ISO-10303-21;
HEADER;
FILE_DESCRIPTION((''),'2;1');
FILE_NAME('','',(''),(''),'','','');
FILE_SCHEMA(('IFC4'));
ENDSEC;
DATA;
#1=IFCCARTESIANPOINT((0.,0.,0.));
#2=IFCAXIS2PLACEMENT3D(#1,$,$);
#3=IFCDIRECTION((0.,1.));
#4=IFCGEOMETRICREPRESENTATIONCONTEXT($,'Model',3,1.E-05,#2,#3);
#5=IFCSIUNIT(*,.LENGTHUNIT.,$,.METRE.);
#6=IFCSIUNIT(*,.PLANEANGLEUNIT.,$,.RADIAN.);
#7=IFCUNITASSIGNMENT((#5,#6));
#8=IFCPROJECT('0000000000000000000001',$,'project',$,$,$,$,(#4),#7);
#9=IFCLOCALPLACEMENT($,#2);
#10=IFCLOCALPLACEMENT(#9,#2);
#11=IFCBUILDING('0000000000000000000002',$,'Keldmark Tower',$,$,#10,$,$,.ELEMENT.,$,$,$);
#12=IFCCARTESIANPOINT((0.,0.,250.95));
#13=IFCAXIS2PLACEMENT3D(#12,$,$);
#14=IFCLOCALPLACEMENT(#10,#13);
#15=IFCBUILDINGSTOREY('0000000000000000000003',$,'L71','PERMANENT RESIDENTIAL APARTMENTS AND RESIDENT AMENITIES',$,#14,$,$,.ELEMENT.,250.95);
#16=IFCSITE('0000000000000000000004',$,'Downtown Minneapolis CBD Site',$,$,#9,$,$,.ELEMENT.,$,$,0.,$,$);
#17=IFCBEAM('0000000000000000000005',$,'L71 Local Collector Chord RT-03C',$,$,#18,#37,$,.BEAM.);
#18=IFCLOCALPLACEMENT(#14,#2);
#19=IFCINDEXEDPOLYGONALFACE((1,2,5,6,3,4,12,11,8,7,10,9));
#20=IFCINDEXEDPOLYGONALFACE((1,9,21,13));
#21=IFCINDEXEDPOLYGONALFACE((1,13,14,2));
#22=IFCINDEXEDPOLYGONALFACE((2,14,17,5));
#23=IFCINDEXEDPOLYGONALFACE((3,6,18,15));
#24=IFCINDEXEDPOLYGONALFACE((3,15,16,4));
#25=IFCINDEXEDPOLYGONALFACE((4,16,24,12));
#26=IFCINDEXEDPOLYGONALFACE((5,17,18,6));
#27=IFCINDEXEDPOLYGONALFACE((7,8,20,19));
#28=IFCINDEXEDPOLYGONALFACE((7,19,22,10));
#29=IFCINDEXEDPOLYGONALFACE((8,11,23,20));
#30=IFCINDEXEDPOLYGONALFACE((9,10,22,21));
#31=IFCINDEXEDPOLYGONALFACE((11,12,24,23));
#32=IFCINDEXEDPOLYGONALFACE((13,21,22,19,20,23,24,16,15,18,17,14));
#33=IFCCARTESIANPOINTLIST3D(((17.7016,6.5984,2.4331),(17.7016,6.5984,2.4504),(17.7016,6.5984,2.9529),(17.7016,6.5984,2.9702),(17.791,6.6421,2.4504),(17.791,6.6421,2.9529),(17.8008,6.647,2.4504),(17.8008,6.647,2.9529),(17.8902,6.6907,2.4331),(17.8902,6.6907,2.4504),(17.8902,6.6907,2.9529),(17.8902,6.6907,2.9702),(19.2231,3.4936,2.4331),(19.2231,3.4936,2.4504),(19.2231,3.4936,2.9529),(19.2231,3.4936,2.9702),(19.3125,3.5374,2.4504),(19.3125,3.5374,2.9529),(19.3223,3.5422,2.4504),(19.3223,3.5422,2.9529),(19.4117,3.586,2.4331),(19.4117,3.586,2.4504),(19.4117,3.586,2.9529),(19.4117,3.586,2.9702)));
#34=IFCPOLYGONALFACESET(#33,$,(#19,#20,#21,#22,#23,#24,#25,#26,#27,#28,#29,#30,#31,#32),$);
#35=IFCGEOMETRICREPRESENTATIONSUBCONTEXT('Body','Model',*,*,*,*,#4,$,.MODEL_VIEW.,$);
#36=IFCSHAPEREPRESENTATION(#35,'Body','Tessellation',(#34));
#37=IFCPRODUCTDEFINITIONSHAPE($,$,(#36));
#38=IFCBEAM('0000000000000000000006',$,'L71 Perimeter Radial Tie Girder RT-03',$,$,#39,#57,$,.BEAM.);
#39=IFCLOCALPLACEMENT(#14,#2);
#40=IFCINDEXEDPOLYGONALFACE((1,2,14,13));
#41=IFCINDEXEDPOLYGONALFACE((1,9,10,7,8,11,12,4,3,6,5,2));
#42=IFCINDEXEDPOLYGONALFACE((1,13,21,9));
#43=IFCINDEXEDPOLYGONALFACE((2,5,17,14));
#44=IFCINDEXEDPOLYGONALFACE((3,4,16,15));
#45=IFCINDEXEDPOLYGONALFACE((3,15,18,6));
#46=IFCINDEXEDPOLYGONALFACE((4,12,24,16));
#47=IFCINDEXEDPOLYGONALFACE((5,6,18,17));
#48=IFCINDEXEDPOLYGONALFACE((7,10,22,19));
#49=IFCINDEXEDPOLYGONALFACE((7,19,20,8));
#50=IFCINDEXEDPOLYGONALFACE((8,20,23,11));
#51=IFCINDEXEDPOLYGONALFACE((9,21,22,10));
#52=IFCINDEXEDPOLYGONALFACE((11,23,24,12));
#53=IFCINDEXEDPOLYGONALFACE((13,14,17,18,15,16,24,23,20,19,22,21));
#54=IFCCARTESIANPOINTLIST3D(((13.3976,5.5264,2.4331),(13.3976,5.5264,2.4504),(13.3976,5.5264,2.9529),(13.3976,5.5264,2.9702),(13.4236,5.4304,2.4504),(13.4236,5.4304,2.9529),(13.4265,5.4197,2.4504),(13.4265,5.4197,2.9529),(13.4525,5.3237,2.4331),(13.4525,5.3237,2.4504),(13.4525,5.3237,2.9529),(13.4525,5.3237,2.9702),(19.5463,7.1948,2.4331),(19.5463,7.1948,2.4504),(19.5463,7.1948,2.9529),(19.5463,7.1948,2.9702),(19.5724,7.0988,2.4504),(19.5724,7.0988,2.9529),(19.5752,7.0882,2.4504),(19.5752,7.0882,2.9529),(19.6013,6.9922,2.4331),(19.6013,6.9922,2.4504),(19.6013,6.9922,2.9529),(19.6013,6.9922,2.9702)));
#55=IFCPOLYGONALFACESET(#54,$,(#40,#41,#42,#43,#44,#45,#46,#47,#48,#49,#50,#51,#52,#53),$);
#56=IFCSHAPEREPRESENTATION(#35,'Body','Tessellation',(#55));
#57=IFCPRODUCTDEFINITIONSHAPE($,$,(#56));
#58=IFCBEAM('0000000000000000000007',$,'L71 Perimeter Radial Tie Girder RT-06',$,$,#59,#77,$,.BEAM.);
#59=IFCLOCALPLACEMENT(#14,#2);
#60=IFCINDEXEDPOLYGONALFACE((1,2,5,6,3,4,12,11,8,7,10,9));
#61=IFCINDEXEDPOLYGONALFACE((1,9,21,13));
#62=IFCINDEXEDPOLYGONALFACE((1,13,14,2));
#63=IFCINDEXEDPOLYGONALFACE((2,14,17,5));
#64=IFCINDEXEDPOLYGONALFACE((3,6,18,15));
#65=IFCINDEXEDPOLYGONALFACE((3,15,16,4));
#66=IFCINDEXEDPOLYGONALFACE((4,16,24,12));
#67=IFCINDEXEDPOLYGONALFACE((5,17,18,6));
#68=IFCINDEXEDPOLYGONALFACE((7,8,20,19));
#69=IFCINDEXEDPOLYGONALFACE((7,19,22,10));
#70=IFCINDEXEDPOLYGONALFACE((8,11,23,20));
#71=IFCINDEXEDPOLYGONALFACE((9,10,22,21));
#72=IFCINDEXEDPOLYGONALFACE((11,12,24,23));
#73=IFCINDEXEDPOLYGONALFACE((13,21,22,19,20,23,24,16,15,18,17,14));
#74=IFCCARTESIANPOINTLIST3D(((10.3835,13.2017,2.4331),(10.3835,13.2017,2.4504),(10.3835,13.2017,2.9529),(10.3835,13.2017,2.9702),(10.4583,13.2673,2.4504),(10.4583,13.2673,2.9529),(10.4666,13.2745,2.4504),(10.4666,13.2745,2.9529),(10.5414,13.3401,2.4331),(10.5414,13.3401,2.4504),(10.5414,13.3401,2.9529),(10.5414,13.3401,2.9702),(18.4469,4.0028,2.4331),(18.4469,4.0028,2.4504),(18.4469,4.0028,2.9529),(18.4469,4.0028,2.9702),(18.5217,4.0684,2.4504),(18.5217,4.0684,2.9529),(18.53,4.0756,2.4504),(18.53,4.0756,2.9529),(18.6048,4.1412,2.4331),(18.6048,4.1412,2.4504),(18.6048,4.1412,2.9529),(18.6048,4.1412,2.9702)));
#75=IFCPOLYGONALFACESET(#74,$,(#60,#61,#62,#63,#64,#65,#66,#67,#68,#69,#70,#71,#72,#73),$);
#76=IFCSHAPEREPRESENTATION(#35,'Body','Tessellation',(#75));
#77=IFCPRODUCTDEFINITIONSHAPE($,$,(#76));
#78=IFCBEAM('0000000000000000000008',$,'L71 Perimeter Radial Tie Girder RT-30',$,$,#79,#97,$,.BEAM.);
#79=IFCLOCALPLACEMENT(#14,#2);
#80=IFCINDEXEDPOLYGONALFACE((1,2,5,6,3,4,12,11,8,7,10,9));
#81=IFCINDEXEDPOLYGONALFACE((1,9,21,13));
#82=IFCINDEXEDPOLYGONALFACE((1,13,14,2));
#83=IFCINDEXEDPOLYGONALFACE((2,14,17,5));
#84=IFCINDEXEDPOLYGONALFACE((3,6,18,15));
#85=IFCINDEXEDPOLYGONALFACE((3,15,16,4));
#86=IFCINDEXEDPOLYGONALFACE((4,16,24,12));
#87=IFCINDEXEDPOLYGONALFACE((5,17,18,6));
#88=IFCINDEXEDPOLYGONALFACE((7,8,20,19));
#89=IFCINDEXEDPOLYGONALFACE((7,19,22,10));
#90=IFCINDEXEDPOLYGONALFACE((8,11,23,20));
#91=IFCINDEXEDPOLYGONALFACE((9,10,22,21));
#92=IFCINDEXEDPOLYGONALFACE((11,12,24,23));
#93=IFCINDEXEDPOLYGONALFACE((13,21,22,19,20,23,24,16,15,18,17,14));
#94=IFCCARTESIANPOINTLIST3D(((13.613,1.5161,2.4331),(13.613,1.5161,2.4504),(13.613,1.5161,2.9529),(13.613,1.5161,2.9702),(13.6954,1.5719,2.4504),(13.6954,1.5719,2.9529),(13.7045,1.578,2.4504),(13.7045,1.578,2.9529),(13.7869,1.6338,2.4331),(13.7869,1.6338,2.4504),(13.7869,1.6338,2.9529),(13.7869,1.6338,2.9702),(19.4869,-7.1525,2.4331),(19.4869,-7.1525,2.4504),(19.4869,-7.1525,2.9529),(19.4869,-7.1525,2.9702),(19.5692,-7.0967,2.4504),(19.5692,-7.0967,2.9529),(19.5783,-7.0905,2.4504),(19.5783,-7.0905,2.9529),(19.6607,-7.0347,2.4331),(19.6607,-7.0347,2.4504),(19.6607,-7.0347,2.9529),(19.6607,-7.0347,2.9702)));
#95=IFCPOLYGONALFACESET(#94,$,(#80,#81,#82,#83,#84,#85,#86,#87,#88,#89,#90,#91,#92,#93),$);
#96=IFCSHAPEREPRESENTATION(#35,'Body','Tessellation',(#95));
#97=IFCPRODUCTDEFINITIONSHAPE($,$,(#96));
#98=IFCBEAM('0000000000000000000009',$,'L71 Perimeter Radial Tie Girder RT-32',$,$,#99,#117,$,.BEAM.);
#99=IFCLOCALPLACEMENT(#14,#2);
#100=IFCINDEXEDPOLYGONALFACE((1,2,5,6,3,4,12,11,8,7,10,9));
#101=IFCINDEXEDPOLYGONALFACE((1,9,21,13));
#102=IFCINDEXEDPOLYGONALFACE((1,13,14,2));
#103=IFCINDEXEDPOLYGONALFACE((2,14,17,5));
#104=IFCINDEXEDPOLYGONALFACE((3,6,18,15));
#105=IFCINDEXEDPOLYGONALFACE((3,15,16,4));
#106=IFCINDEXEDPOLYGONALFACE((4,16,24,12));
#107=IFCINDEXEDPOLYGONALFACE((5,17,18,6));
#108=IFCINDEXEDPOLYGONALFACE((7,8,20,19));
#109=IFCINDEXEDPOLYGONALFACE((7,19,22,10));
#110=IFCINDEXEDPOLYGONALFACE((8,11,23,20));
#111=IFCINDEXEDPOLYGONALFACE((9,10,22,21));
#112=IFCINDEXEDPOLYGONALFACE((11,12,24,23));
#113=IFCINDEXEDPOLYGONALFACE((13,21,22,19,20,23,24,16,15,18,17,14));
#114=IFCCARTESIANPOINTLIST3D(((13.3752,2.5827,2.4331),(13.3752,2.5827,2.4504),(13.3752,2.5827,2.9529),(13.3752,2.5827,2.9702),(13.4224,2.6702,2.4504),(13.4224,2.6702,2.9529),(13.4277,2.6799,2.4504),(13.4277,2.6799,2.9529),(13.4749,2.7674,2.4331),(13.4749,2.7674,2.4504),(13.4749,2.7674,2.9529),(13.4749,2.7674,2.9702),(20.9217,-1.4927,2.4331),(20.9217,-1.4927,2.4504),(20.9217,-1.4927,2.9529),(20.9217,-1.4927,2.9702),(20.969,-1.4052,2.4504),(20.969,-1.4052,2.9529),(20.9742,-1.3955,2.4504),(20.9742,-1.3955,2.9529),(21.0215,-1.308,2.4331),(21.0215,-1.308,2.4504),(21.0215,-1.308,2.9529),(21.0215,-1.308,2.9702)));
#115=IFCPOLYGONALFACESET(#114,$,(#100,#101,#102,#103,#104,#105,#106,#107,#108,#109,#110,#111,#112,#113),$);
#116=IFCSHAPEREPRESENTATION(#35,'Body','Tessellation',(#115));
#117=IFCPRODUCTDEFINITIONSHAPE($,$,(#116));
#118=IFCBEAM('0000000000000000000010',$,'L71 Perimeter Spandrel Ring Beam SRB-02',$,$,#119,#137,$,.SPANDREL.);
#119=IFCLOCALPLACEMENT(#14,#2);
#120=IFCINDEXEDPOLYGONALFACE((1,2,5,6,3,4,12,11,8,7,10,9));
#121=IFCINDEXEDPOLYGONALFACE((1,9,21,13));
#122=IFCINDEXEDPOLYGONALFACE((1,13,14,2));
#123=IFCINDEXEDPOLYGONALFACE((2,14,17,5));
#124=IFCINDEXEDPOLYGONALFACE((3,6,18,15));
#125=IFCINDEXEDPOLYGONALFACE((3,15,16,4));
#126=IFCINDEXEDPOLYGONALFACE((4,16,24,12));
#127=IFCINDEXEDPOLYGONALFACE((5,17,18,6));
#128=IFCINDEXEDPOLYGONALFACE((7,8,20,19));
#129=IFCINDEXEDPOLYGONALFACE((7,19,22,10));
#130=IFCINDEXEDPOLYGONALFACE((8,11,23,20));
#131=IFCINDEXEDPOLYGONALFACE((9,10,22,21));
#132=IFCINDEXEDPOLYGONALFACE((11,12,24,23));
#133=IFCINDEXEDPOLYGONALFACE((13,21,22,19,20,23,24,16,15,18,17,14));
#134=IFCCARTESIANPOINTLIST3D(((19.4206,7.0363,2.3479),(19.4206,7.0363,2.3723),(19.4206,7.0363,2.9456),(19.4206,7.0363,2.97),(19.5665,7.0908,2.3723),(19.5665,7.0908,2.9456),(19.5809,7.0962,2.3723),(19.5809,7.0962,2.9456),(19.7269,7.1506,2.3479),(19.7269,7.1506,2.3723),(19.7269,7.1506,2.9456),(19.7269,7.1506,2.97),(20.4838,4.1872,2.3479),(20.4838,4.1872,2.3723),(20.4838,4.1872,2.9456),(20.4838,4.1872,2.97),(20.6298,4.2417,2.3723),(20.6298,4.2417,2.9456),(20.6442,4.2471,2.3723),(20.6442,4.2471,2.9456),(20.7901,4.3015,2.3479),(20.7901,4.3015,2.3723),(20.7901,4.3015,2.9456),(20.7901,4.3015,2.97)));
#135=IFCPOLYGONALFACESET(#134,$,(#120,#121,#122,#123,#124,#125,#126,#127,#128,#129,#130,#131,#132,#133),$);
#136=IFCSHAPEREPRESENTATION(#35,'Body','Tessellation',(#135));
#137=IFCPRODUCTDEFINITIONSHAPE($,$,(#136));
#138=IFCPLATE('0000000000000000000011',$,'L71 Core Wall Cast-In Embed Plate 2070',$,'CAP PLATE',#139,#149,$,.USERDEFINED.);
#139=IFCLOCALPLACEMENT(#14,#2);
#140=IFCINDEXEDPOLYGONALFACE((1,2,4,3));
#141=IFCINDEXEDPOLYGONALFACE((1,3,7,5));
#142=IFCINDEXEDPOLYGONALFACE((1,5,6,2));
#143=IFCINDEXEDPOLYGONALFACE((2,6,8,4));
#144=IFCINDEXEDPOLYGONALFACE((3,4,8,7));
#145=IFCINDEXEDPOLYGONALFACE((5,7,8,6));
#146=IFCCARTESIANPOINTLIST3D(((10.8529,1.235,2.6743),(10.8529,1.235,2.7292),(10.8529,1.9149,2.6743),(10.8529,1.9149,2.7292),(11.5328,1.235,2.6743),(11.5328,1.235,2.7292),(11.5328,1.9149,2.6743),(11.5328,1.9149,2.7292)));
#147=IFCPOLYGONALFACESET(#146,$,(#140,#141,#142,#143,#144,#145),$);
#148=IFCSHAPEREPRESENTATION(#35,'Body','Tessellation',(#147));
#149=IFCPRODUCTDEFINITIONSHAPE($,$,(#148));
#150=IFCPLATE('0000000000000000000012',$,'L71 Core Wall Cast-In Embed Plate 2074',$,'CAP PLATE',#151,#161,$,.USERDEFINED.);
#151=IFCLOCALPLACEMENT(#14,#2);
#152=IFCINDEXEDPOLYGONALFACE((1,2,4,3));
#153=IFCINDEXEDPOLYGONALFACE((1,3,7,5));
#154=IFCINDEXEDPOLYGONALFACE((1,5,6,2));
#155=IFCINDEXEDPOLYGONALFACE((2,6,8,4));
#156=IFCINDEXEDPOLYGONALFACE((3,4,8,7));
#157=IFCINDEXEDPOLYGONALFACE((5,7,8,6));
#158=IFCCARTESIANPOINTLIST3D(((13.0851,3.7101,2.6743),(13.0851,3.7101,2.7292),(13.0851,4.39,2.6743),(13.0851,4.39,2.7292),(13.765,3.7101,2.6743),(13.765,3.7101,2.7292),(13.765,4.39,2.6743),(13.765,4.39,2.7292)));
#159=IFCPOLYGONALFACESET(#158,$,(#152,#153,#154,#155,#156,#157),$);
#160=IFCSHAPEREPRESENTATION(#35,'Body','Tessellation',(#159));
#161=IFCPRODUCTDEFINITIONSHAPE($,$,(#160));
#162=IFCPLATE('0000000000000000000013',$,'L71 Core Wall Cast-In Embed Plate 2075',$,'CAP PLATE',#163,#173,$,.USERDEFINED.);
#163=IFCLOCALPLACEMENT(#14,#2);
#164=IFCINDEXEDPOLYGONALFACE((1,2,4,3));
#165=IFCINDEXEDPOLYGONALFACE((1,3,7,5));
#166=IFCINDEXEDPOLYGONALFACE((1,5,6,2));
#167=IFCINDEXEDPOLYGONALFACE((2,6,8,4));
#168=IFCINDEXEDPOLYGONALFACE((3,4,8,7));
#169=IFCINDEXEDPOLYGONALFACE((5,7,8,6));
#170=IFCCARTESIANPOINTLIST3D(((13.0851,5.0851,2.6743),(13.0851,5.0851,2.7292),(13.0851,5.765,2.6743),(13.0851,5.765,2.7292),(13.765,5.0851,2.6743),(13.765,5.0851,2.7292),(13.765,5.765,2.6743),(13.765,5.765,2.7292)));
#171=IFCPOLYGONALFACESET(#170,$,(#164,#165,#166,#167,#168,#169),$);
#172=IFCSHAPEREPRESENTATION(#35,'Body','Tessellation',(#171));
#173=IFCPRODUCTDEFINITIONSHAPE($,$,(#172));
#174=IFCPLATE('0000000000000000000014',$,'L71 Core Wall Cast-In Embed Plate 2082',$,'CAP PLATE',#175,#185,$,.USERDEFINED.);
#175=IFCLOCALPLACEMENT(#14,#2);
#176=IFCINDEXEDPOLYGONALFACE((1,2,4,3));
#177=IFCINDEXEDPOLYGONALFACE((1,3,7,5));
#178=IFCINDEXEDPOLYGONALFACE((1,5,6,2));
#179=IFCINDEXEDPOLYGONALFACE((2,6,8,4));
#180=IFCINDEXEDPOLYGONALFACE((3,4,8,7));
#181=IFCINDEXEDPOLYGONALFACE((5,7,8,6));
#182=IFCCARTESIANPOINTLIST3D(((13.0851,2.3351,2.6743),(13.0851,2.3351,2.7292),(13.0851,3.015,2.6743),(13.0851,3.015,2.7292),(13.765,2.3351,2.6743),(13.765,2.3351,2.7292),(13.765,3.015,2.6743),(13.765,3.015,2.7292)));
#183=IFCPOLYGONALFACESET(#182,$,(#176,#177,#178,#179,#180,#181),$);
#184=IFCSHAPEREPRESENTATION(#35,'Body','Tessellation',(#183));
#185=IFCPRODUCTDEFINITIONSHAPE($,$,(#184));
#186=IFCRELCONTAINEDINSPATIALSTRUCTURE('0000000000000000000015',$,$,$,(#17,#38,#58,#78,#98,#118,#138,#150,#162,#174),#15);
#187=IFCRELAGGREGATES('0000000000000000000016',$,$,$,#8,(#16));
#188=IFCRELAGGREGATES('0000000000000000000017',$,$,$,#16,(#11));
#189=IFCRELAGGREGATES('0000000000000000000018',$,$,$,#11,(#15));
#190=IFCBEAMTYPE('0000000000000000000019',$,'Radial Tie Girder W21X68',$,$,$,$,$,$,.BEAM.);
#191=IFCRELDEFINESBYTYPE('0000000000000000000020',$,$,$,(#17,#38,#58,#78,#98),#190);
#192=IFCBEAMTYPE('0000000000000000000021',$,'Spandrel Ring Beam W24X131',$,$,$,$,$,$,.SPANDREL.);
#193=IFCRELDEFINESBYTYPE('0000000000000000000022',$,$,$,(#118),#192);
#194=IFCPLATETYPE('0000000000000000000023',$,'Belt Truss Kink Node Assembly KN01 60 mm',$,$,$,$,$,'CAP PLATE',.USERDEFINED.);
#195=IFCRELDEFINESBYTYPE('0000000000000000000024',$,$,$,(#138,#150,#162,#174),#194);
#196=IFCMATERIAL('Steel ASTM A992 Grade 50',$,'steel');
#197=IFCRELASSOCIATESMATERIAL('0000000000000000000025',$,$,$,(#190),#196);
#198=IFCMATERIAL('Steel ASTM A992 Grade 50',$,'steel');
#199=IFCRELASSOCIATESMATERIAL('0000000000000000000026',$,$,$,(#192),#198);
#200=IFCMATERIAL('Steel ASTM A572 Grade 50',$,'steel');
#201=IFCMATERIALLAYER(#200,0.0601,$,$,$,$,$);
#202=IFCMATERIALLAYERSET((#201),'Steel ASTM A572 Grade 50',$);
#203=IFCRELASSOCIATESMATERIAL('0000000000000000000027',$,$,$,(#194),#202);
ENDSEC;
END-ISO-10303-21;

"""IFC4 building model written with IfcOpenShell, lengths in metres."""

from ifc_helpers import new_model, si_unit, direction, frame, origin, origin_2d, place, context, subcontext, project, spatial, rectangle, i_section, extrude, material, layer, layer_set, material_profile, profile_set, type_object, element, save


model = new_model("IFC4")

# Units and contexts
model_context = context("Model", 3, precision=1e-05, world=origin(), true_north=direction((0.0, 1.0)))
body_context = subcontext(model_context, "Body", "Model", "MODEL_VIEW")
ifc_project = project(units=[si_unit("LENGTHUNIT", "METRE"), si_unit("PLANEANGLEUNIT", "RADIAN")], contexts=[model_context])

# Site, building, storey
site_placement = place(None, origin())
site = spatial("IfcSite", under=ifc_project, at=site_placement, Name="Downtown Minneapolis CBD Site", CompositionType="ELEMENT", RefElevation=0.0)
building_placement = place(site_placement, origin())
building = spatial("IfcBuilding", under=site, at=building_placement, Name="Keldmark Tower", CompositionType="ELEMENT")
storey_placement = place(building_placement, frame((0.0, 0.0, 250.95)))
storey = spatial("IfcBuildingStorey", under=building, at=storey_placement, Name="L71", Description="PERMANENT RESIDENTIAL APARTMENTS AND RESIDENT AMENITIES", CompositionType="ELEMENT", Elevation=250.95)

# Beams
ifc_material_1 = material(Name="Steel ASTM A992 Grade 50", Category="steel")
ifc_material_profile_1 = material_profile(ifc_material_1, i_section(OverallWidth=0.21, OverallDepth=0.5371, WebThickness=0.011, FlangeThickness=0.0173, at=origin_2d()), Name="W21X68")
ifc_profile_set_1 = profile_set([ifc_material_profile_1], Name="Steel ASTM A992 Grade 50")
beam_type_1 = type_object("IfcBeamType", Name="Radial Tie Girder W21X68", PredefinedType="BEAM", material=ifc_profile_set_1)
beam_1_placement = place(storey_placement, frame((19.3174, 3.5398, 2.7017), z_axis=(-0.440053, 0.897972, 0.0), x_axis=(-0.897972, -0.440053, 0.0)))
element("IfcBeam", 1, at=beam_1_placement, inside=storey, type_object=beam_type_1, Name="L71 Local Collector Chord RT-03C", PredefinedType="BEAM", context=body_context, shape_type="SweptSolid", body=[
    extrude(i_section(OverallWidth=0.21, OverallDepth=0.5371, WebThickness=0.011, FlangeThickness=0.0173, at=origin_2d()), origin(), (0.0, 0.0, 1.0), 3.4575),
])
beam_2_placement = place(storey_placement, frame((13.425, 5.425, 2.7017), z_axis=(0.9651, 0.261882, 0.0), x_axis=(-0.261882, 0.9651, 0.0)))
element("IfcBeam", 2, at=beam_2_placement, inside=storey, type_object=beam_type_1, Name="L71 Perimeter Radial Tie Girder RT-03", PredefinedType="BEAM", context=body_context, shape_type="SweptSolid", body=[
    extrude(i_section(OverallWidth=0.21, OverallDepth=0.5371, WebThickness=0.011, FlangeThickness=0.0173, at=origin_2d()), origin(), (0.0, 0.0, 1.0), 6.3711),
])
beam_3_placement = place(storey_placement, frame((18.5259, 4.072, 2.7017), z_axis=(-0.65917, 0.751994, 0.0), x_axis=(-0.751994, -0.65917, 0.0)))
element("IfcBeam", 3, at=beam_3_placement, inside=storey, type_object=beam_type_1, Name="L71 Perimeter Radial Tie Girder RT-06", PredefinedType="BEAM", context=body_context, shape_type="SweptSolid", body=[
    extrude(i_section(OverallWidth=0.21, OverallDepth=0.5371, WebThickness=0.011, FlangeThickness=0.0173, at=origin_2d()), origin(), (0.0, 0.0, 1.0), 12.2327),
])
beam_4_placement = place(storey_placement, frame((13.7, 1.575, 2.7017), z_axis=(0.560953, -0.827848, 0.0), x_axis=(0.827848, 0.560953, 0.0)))
element("IfcBeam", 4, at=beam_4_placement, inside=storey, type_object=beam_type_1, Name="L71 Perimeter Radial Tie Girder RT-30", PredefinedType="BEAM", context=body_context, shape_type="SweptSolid", body=[
    extrude(i_section(OverallWidth=0.21, OverallDepth=0.5371, WebThickness=0.011, FlangeThickness=0.0173, at=origin_2d()), origin(), (0.0, 0.0, 1.0), 10.4712),
])
beam_5_placement = place(storey_placement, frame((13.425, 2.675, 2.7017), z_axis=(0.879893, -0.475172, 0.0), x_axis=(0.475172, 0.879893, 0.0)))
element("IfcBeam", 5, at=beam_5_placement, inside=storey, type_object=beam_type_1, Name="L71 Perimeter Radial Tie Girder RT-32", PredefinedType="BEAM", context=body_context, shape_type="SweptSolid", body=[
    extrude(i_section(OverallWidth=0.21, OverallDepth=0.5371, WebThickness=0.011, FlangeThickness=0.0173, at=origin_2d()), origin(), (0.0, 0.0, 1.0), 8.5767),
])
ifc_material_2 = material(Name="Steel ASTM A992 Grade 50", Category="steel")
ifc_material_profile_2 = material_profile(ifc_material_2, i_section(OverallWidth=0.3269, OverallDepth=0.6221, WebThickness=0.0154, FlangeThickness=0.0244, at=origin_2d()), Name="W24X131")
ifc_profile_set_2 = profile_set([ifc_material_profile_2], Name="Steel ASTM A992 Grade 50")
beam_type_2 = type_object("IfcBeamType", Name="Spandrel Ring Beam W24X131", PredefinedType="SPANDREL", material=ifc_profile_set_2)
beam_6_placement = place(storey_placement, frame((20.637, 4.2444, 2.6589), z_axis=(-0.349627, 0.936889, 0.0), x_axis=(-0.936889, -0.349627, 0.0)))
element("IfcBeam", 6, at=beam_6_placement, inside=storey, type_object=beam_type_2, Name="L71 Perimeter Spandrel Ring Beam SRB-02", PredefinedType="SPANDREL", context=body_context, shape_type="SweptSolid", body=[
    extrude(i_section(OverallWidth=0.3269, OverallDepth=0.6221, WebThickness=0.0154, FlangeThickness=0.0244, at=origin_2d()), origin(), (0.0, 0.0, 1.0), 3.041),
])

# Plates
ifc_material_3 = material(Name="Steel ASTM A572 Grade 50", Category="steel")
ifc_layer_1 = layer(ifc_material_3, 0.0601)
ifc_layer_set_1 = layer_set([ifc_layer_1], Name="Steel ASTM A572 Grade 50")
plate_type = type_object("IfcPlateType", Name="Belt Truss Kink Node Assembly KN01 60 mm", ElementType="CAP PLATE", PredefinedType="USERDEFINED", material=ifc_layer_set_1)
for number, where, z_axis, x_axis, name in (
    (7, (11.1929, 1.575, 2.6743), (0.0, 0.0, 1.0), (1.0, 0.0, 0.0), "L71 Core Wall Cast-In Embed Plate 2070"),
    (8, (13.425, 4.05, 2.6743), (0.0, 0.0, 1.0), (1.0, 0.0, 0.0), "L71 Core Wall Cast-In Embed Plate 2074"),
    (9, (13.425, 5.425, 2.6743), (0.0, 0.0, 1.0), (1.0, 0.0, 0.0), "L71 Core Wall Cast-In Embed Plate 2075"),
    (10, (13.425, 2.675, 2.6743), (0.0, 0.0, 1.0), (1.0, 0.0, 0.0), "L71 Core Wall Cast-In Embed Plate 2082"),
):
    element("IfcPlate", number, at=place(storey_placement, frame(where, z_axis=z_axis, x_axis=x_axis)), inside=storey, type_object=plate_type, Name=name, ObjectType="CAP PLATE", PredefinedType="USERDEFINED", context=body_context, shape_type="SweptSolid", body=[
        extrude(rectangle(XDim=0.6799, YDim=0.6799, at=origin_2d()), origin(), (0.0, 0.0, 1.0), 0.0549),
    ])

save(model, "model.ifc")
